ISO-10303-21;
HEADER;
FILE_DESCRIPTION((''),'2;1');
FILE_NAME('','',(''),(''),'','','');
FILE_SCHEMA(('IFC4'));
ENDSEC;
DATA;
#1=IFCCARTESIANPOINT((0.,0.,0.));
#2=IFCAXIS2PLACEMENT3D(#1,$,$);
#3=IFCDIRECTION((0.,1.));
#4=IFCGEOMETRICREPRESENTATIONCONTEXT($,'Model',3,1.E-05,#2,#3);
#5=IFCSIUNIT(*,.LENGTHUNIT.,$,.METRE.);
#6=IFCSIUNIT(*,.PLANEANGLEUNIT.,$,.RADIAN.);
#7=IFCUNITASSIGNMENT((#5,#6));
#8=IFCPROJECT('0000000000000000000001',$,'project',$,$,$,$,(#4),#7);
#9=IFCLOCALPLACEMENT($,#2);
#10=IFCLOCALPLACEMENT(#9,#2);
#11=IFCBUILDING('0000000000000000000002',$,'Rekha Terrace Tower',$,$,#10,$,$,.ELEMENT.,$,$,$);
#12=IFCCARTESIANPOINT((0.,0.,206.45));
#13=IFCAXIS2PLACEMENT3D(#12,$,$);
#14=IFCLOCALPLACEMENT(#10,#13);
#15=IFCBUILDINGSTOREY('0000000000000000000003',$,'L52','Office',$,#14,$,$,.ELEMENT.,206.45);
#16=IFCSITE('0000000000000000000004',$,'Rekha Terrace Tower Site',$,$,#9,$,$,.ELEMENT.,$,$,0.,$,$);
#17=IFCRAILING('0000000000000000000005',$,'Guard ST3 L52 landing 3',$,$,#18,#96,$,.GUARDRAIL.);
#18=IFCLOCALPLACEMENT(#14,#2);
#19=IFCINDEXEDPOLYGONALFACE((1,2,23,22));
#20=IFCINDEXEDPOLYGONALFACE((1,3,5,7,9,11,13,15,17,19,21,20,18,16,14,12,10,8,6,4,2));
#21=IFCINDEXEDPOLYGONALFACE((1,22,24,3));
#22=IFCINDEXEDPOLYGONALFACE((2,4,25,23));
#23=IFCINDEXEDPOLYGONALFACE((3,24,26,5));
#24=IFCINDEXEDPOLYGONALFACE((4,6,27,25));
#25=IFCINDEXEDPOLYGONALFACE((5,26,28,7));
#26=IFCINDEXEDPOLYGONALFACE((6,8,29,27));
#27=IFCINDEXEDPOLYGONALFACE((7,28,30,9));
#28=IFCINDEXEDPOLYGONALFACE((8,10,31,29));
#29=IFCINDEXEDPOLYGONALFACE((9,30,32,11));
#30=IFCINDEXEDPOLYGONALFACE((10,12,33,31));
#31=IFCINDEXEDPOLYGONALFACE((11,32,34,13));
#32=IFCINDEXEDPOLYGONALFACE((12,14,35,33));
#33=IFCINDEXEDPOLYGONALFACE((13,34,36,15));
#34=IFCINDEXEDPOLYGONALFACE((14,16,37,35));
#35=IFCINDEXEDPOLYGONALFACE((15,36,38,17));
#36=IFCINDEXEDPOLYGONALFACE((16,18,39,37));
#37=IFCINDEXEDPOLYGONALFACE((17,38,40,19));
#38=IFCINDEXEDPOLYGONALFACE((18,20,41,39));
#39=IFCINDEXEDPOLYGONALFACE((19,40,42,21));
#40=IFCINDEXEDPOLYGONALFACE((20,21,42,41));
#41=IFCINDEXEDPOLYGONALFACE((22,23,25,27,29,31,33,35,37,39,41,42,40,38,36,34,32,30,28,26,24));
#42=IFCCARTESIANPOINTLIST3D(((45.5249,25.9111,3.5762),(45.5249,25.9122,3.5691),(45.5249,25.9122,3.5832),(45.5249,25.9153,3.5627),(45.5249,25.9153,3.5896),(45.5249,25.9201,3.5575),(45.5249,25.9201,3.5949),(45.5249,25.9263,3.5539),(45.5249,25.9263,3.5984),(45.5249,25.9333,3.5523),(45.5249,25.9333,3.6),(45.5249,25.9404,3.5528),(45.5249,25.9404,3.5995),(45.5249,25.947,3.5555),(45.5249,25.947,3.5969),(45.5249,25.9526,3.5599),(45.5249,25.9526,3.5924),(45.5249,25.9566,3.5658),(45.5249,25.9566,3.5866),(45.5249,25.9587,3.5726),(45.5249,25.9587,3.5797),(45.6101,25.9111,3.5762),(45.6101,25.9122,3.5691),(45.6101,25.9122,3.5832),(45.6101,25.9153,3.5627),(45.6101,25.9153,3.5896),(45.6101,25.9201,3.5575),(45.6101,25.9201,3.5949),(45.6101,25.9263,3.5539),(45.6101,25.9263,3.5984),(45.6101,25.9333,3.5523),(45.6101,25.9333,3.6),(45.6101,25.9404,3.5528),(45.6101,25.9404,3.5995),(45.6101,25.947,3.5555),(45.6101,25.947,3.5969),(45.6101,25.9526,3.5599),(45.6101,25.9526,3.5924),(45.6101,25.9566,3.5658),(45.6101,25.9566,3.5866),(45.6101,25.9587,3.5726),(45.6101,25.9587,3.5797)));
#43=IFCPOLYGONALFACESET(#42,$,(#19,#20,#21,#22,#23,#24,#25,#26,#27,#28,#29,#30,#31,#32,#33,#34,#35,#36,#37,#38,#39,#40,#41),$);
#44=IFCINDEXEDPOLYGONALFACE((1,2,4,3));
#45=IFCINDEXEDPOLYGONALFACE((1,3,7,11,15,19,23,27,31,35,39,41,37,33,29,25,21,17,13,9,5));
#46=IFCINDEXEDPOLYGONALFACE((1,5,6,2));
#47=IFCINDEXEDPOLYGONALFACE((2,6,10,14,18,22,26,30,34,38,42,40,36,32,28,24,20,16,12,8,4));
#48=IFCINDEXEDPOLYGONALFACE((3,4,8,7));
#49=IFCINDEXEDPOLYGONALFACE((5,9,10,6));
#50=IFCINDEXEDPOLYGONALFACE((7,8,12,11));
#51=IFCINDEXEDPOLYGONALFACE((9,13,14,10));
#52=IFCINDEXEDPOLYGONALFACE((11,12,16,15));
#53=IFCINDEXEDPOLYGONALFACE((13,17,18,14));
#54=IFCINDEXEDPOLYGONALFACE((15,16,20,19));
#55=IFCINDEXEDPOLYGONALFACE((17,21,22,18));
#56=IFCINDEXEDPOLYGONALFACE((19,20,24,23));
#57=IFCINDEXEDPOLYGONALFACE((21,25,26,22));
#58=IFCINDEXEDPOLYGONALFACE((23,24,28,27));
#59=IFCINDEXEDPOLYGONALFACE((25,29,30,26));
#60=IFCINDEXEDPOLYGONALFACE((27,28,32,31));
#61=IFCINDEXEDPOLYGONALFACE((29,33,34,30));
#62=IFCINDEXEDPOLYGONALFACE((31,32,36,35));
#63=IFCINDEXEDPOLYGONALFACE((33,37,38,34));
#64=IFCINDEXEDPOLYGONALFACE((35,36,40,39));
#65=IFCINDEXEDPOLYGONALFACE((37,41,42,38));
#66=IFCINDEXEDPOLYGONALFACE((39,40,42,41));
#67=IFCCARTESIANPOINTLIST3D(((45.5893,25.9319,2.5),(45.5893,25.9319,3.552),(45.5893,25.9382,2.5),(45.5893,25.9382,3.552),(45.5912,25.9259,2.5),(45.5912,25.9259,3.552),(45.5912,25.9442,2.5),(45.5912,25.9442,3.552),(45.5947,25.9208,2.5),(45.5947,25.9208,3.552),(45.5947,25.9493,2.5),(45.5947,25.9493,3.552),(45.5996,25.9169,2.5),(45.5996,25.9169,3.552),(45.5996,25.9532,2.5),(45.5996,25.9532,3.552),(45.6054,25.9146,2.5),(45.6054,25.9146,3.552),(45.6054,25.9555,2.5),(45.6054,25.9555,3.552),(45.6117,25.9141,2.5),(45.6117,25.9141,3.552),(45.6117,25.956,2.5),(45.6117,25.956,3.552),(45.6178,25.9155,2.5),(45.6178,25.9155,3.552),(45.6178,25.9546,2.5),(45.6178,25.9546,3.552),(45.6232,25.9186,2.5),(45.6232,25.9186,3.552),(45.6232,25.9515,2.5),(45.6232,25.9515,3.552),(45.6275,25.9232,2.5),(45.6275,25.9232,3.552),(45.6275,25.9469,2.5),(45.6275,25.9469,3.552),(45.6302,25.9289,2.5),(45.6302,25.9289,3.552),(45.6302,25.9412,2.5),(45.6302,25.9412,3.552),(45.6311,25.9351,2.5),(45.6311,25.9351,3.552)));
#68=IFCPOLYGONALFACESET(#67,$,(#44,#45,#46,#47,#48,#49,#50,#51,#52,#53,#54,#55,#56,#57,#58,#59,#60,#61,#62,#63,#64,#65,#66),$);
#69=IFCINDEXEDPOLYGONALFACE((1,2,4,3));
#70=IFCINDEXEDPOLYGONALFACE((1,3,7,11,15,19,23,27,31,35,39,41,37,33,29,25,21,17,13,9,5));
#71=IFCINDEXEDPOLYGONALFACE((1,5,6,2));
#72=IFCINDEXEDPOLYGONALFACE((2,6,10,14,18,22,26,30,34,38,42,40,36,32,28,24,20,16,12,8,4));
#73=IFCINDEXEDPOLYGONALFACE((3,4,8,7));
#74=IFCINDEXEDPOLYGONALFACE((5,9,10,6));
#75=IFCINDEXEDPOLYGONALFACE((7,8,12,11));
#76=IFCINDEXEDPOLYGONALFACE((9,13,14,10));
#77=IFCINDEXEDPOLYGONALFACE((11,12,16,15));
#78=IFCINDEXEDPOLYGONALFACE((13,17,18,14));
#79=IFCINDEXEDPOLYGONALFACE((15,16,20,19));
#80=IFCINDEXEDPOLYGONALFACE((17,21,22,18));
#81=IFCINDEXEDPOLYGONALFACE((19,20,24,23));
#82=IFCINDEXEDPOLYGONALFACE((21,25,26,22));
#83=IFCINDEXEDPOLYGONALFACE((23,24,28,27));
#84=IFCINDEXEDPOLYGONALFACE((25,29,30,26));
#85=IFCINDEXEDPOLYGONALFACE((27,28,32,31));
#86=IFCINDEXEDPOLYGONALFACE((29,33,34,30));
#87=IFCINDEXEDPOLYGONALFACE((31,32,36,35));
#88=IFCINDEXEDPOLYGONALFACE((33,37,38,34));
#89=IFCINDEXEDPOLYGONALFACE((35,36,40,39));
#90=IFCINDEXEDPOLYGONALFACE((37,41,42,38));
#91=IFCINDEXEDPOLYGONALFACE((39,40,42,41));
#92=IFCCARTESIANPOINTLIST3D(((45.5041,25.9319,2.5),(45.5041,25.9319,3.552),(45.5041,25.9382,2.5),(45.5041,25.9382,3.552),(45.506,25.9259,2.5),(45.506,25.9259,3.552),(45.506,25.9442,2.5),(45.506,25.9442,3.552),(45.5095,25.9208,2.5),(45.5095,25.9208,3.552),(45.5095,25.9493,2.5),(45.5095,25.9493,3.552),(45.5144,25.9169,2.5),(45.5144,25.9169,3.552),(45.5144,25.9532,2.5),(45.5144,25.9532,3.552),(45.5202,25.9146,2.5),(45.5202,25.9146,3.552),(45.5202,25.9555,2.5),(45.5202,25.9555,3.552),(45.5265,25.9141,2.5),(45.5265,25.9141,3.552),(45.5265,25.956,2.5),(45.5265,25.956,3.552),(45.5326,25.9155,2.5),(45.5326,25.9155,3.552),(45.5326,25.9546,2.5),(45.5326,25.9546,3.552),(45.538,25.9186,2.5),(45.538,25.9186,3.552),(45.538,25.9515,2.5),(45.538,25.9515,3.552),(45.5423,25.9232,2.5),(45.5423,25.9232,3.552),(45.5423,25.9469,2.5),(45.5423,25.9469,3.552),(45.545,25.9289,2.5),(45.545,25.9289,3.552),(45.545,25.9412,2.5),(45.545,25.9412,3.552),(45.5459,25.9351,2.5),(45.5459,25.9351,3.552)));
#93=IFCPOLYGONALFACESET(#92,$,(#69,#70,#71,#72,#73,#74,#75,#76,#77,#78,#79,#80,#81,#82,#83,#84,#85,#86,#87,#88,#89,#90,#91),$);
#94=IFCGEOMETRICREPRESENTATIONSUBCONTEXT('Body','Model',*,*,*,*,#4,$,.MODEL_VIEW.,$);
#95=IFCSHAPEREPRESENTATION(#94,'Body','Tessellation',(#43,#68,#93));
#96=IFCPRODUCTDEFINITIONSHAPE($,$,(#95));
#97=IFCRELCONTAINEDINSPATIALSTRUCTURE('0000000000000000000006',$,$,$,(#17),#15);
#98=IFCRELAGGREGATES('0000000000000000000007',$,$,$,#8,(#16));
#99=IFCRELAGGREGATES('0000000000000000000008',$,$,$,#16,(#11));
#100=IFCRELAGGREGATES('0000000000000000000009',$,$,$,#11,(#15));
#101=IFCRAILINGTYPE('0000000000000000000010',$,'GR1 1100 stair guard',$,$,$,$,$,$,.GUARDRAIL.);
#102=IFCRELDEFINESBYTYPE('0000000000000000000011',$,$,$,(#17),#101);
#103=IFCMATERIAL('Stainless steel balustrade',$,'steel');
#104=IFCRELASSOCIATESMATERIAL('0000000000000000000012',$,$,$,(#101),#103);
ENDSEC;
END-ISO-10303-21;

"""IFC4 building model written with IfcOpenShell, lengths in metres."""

from ifc_helpers import new_model, si_unit, direction, frame, origin, origin_2d, place, context, subcontext, project, spatial, circle, extrude, material, type_object, element, save


model = new_model("IFC4")

# Units and contexts
model_context = context("Model", 3, precision=1e-05, world=origin(), true_north=direction((0.0, 1.0)))
body_context = subcontext(model_context, "Body", "Model", "MODEL_VIEW")
ifc_project = project(units=[si_unit("LENGTHUNIT", "METRE"), si_unit("PLANEANGLEUNIT", "RADIAN")], contexts=[model_context])

# Site, building, storey
site_placement = place(None, origin())
site = spatial("IfcSite", under=ifc_project, at=site_placement, Name="Rekha Terrace Tower Site", CompositionType="ELEMENT", RefElevation=0.0)
building_placement = place(site_placement, origin())
building = spatial("IfcBuilding", under=site, at=building_placement, Name="Rekha Terrace Tower", CompositionType="ELEMENT")
storey_placement = place(building_placement, frame((0.0, 0.0, 206.45)))
storey = spatial("IfcBuildingStorey", under=building, at=storey_placement, Name="L52", Description="Office", CompositionType="ELEMENT", Elevation=206.45)

# Railing
ifc_material_1 = material(Name="Stainless steel balustrade", Category="steel")
railing_type_1 = type_object("IfcRailingType", Name="GR1 1100 stair guard", PredefinedType="GUARDRAIL", material=ifc_material_1)
railing_1_placement = place(storey_placement, frame((45.6101, 25.9351, 2.5)))
element("IfcRailing", 1, at=railing_1_placement, inside=storey, type_object=railing_type_1, Name="Guard ST3 L52 landing 3", PredefinedType="GUARDRAIL", context=body_context, shape_type="SweptSolid", body=[
    extrude(circle(Radius=0.0239, at=origin_2d()), frame((0.0, 0.0, 1.0762), z_axis=(-1.0, 0.0, 0.0), x_axis=(0.0, -1.0, 0.0)), (0.0, 0.0, 1.0), 0.0852),
    extrude(circle(Radius=0.021, at=origin_2d()), origin(), (0.0, 0.0, 1.0), 1.052),
    extrude(circle(Radius=0.021, at=origin_2d()), frame((-0.0852, 0.0, 0.0)), (0.0, 0.0, 1.0), 1.052),
])

save(model, "model.ifc")
